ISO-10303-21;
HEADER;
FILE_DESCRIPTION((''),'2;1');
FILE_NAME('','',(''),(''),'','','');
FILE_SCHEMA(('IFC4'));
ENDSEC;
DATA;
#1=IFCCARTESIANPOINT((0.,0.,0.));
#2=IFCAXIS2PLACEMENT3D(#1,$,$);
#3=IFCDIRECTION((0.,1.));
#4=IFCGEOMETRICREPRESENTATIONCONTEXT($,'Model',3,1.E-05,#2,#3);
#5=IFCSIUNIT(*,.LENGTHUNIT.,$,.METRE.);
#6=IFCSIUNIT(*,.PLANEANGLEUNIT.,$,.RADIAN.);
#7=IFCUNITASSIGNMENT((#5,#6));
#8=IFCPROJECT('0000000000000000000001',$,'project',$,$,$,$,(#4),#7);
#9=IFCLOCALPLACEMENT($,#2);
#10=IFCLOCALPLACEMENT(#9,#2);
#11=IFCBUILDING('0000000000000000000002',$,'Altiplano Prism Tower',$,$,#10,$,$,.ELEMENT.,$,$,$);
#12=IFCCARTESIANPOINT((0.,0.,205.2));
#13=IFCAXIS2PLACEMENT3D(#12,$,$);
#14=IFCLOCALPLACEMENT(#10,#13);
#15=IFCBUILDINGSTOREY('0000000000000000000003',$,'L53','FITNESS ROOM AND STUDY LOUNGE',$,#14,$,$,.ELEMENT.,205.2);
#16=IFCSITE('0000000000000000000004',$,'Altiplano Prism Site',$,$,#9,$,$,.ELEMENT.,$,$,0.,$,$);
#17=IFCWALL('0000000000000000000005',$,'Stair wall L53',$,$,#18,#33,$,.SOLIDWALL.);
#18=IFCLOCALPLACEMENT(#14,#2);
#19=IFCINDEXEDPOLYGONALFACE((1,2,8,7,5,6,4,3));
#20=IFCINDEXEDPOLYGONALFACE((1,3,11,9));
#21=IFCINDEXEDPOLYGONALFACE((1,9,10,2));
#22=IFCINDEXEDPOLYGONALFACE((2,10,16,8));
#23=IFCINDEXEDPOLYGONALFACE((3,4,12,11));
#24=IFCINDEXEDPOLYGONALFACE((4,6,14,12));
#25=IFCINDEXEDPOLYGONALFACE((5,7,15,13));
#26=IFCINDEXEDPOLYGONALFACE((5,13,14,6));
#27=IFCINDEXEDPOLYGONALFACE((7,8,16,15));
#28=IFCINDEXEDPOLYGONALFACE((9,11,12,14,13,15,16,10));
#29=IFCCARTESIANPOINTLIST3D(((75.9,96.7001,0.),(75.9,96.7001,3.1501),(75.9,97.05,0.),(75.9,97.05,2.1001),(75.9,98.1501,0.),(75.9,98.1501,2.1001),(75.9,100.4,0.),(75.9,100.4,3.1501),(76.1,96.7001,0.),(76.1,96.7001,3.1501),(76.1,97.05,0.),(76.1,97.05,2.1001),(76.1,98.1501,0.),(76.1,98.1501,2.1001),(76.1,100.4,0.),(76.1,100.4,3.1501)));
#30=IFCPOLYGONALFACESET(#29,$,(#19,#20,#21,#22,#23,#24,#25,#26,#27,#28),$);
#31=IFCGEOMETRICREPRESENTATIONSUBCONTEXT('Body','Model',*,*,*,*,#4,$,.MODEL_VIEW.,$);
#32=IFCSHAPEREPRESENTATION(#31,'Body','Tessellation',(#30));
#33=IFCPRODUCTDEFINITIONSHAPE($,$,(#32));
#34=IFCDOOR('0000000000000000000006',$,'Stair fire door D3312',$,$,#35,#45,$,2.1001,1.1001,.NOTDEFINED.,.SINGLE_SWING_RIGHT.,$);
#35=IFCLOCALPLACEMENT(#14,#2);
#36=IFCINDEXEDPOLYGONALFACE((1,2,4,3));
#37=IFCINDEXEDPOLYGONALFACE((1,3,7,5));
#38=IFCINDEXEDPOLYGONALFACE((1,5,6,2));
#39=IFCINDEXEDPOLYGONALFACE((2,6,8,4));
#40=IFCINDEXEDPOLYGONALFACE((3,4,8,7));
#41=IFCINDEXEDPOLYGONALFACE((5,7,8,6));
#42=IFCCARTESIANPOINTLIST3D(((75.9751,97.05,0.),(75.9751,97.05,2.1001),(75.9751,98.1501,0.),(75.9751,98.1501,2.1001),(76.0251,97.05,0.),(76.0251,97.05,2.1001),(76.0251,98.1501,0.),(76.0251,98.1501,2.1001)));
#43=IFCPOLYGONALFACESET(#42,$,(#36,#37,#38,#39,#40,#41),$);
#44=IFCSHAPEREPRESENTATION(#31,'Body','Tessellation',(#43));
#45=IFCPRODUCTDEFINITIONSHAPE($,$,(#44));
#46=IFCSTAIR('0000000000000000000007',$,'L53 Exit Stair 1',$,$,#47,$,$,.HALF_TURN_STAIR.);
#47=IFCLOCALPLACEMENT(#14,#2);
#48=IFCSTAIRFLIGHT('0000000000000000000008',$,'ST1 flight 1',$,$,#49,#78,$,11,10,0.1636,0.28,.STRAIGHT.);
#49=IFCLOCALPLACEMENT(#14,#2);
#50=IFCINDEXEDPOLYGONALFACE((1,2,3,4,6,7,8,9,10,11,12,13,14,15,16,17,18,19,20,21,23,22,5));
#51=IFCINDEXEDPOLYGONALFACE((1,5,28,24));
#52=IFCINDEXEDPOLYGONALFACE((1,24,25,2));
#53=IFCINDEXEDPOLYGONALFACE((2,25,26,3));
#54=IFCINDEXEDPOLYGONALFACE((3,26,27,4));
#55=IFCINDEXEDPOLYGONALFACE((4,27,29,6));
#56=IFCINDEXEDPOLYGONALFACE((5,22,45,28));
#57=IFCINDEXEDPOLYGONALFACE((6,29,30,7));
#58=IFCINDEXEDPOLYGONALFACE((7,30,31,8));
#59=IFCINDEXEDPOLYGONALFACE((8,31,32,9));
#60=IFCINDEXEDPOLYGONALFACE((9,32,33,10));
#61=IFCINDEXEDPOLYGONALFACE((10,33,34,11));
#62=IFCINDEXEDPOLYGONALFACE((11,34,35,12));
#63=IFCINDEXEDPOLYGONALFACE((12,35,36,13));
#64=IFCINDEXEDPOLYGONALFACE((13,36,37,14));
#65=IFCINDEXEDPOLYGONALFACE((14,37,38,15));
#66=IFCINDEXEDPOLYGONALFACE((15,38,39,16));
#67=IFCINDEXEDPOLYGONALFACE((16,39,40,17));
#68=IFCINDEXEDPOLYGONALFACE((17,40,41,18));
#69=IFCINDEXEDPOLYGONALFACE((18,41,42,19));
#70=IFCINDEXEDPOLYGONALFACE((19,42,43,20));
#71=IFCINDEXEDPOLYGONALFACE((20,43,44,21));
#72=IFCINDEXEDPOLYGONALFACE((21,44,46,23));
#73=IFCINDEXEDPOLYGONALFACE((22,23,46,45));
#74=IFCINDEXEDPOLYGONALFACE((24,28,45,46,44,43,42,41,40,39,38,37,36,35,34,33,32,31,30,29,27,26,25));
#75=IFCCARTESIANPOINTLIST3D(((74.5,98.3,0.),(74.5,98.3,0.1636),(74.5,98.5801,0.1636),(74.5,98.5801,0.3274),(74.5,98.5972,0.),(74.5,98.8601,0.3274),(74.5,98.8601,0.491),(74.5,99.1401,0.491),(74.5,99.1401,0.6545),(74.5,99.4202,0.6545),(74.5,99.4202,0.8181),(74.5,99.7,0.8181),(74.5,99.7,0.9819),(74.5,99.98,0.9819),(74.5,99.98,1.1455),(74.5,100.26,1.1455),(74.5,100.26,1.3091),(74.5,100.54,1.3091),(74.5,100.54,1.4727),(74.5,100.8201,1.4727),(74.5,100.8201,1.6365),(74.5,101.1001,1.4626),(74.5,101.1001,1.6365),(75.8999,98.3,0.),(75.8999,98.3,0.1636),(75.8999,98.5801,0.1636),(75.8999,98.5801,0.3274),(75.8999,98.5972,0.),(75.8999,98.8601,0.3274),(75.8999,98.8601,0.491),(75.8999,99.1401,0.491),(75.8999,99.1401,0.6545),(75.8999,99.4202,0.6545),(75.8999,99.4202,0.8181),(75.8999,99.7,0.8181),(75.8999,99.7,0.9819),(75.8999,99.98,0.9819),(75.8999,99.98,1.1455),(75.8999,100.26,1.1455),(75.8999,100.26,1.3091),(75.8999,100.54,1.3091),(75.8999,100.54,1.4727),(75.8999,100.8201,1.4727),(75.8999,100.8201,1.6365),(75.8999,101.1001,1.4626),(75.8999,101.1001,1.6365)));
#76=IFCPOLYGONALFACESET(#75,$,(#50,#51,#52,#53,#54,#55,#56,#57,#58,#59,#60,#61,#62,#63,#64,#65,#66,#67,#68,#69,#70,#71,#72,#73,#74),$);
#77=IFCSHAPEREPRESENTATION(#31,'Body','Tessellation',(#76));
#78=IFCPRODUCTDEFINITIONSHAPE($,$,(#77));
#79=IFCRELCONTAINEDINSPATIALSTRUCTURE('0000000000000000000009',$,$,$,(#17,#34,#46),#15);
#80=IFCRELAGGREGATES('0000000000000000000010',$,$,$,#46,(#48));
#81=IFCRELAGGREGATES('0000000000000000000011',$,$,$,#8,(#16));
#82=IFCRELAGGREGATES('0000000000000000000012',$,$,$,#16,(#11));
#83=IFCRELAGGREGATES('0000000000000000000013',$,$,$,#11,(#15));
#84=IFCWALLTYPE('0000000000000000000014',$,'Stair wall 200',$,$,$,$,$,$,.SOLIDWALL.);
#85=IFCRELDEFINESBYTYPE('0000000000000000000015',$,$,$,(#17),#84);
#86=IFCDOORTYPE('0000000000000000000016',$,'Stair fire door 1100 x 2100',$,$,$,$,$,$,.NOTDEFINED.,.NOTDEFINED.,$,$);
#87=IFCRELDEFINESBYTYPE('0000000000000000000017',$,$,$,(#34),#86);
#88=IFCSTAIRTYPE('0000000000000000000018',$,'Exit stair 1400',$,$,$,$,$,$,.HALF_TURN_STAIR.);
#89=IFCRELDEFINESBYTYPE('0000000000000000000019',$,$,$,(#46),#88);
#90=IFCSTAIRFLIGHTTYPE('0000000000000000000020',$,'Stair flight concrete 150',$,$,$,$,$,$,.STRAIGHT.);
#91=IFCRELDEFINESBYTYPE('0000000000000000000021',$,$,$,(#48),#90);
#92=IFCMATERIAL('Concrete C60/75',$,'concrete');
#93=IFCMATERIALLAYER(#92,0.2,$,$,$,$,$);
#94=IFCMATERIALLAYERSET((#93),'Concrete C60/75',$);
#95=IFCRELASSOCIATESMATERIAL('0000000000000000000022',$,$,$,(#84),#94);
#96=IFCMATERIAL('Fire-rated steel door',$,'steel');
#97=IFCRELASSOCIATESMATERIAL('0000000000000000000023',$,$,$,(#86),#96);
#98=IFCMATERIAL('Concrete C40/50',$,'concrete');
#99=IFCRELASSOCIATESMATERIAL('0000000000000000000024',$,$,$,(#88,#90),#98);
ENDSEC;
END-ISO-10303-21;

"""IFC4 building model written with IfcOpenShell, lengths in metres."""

from ifc_helpers import new_model, si_unit, direction, frame, frame_2d, origin, place, context, subcontext, project, spatial, polyline, rectangle, outline, extrude, material, layer, layer_set, type_object, element, fill, aggregate, save


model = new_model("IFC4")

# Units and contexts
model_context = context("Model", 3, precision=1e-05, world=origin(), true_north=direction((0.0, 1.0)))
body_context = subcontext(model_context, "Body", "Model", "MODEL_VIEW")
ifc_project = project(units=[si_unit("LENGTHUNIT", "METRE"), si_unit("PLANEANGLEUNIT", "RADIAN")], contexts=[model_context])

# Site, building, storey
site_placement = place(None, origin())
site = spatial("IfcSite", under=ifc_project, at=site_placement, Name="Altiplano Prism Site", CompositionType="ELEMENT", RefElevation=0.0)
building_placement = place(site_placement, origin())
building = spatial("IfcBuilding", under=site, at=building_placement, Name="Altiplano Prism Tower", CompositionType="ELEMENT")
storey_placement = place(building_placement, frame((0.0, 0.0, 205.2)))
storey = spatial("IfcBuildingStorey", under=building, at=storey_placement, Name="L53", Description="FITNESS ROOM AND STUDY LOUNGE", CompositionType="ELEMENT", Elevation=205.2)

# Shared definitions
ifc_material_1 = material(Name="Concrete C60/75", Category="concrete")
ifc_material_2 = material(Name="Fire-rated steel door", Category="steel")

# Shared definitions
ifc_layer_1 = layer(ifc_material_1, 0.2)
ifc_layer_set_1 = layer_set([ifc_layer_1], Name="Concrete C60/75")
wall_type_1 = type_object("IfcWallType", Name="Stair wall 200", PredefinedType="SOLIDWALL", material=ifc_layer_set_1)

# Wall, opening, door
wall_1_placement = place(storey_placement, frame((76.0, 96.7, 0.0), z_axis=(0.0, 0.0, 1.0), x_axis=(0.0, 1.0, 0.0)))
wall_1 = element("IfcWall", 1, at=wall_1_placement, inside=storey, type_object=wall_type_1, Name="Stair wall L53", PredefinedType="SOLIDWALL", context=body_context, shape_type="SweptSolid", body=[
    extrude(rectangle(XDim=3.7, YDim=0.2, at=frame_2d((1.8501, 0.0))), origin(), (0.0, 0.0, 1.0), 3.1501),
])
opening_1_placement = place(wall_1_placement, frame((0.3501, 0.0, 0.0)))
opening_1 = element("IfcOpeningElement", 2, at=opening_1_placement, cuts=wall_1, PredefinedType="OPENING", context=body_context, shape_type="SweptSolid", body=[
    extrude(rectangle(XDim=1.1001, YDim=2.1001, at=frame_2d((0.55, 1.05))), frame((0.0, 0.1104, 0.0), z_axis=(0.0, -1.0, 0.0), x_axis=(1.0, 0.0, 0.0)), (0.0, 0.0, 1.0), 0.2209),
])
door_type_1 = type_object("IfcDoorType", Name="Stair fire door 1100 x 2100", OperationType="NOTDEFINED", PredefinedType="NOTDEFINED", material=ifc_material_2)
door_1_placement = place(opening_1_placement, origin())
door_1 = element("IfcDoor", 3, at=door_1_placement, inside=storey, type_object=door_type_1, Name="Stair fire door D3312", OperationType="SINGLE_SWING_RIGHT", OverallHeight=2.1001, OverallWidth=1.1001, PredefinedType="NOTDEFINED", context=body_context, shape_type="SweptSolid", body=[
    extrude(rectangle(XDim=1.1001, YDim=2.1001, at=frame_2d((0.55, 1.05))), frame((0.0, 0.0249, 0.0), z_axis=(0.0, -1.0, 0.0), x_axis=(1.0, 0.0, 0.0)), (0.0, 0.0, 1.0), 0.05),
])
fill(opening_1, door_1)

# Stair, stair flight
ifc_material_3 = material(Name="Concrete C40/50", Category="concrete")
stair_type = type_object("IfcStairType", Name="Exit stair 1400", PredefinedType="HALF_TURN_STAIR", material=ifc_material_3)
stair_placement = place(storey_placement, origin())
stair = element("IfcStair", 4, at=stair_placement, inside=storey, type_object=stair_type, Name="L53 Exit Stair 1", PredefinedType="HALF_TURN_STAIR")
stair_flight_type = type_object("IfcStairFlightType", Name="Stair flight concrete 150", PredefinedType="STRAIGHT", material=ifc_material_3)
stair_flight_placement = place(storey_placement, frame((75.2, 98.3, 0.0), z_axis=(0.0, 0.0, 1.0), x_axis=(0.0, 1.0, 0.0)))
stair_flight = element("IfcStairFlight", 5, at=stair_flight_placement, type_object=stair_flight_type, Name="ST1 flight 1", NumberOfRisers=11, NumberOfTreads=10, PredefinedType="STRAIGHT", RiserHeight=0.1636, TreadLength=0.28, context=body_context, shape_type="SweptSolid", body=[
    extrude(outline(polyline([(0.0, 0.0), (0.0, 0.1636), (0.28, 0.1636), (0.28, 0.3274), (0.5601, 0.3274), (0.5601, 0.491), (0.8401, 0.491), (0.8401, 0.6545), (1.1201, 0.6545), (1.1201, 0.8181), (1.3999, 0.8181), (1.3999, 0.9819), (1.6799, 0.9819), (1.6799, 1.1455), (1.96, 1.1455), (1.96, 1.3091), (2.24, 1.3091), (2.24, 1.4727), (2.52, 1.4727), (2.52, 1.6365), (2.8, 1.6365), (2.8, 1.8), (2.8, 1.4626), (0.2971, 0.0), (0.0, 0.0)])), frame((0.0, 0.7, 0.0), z_axis=(0.0, -1.0, 0.0), x_axis=(1.0, 0.0, 0.0)), (0.0, 0.0, 1.0), 1.3999),
])
aggregate(stair, [stair_flight])

save(model, "model.ifc")
